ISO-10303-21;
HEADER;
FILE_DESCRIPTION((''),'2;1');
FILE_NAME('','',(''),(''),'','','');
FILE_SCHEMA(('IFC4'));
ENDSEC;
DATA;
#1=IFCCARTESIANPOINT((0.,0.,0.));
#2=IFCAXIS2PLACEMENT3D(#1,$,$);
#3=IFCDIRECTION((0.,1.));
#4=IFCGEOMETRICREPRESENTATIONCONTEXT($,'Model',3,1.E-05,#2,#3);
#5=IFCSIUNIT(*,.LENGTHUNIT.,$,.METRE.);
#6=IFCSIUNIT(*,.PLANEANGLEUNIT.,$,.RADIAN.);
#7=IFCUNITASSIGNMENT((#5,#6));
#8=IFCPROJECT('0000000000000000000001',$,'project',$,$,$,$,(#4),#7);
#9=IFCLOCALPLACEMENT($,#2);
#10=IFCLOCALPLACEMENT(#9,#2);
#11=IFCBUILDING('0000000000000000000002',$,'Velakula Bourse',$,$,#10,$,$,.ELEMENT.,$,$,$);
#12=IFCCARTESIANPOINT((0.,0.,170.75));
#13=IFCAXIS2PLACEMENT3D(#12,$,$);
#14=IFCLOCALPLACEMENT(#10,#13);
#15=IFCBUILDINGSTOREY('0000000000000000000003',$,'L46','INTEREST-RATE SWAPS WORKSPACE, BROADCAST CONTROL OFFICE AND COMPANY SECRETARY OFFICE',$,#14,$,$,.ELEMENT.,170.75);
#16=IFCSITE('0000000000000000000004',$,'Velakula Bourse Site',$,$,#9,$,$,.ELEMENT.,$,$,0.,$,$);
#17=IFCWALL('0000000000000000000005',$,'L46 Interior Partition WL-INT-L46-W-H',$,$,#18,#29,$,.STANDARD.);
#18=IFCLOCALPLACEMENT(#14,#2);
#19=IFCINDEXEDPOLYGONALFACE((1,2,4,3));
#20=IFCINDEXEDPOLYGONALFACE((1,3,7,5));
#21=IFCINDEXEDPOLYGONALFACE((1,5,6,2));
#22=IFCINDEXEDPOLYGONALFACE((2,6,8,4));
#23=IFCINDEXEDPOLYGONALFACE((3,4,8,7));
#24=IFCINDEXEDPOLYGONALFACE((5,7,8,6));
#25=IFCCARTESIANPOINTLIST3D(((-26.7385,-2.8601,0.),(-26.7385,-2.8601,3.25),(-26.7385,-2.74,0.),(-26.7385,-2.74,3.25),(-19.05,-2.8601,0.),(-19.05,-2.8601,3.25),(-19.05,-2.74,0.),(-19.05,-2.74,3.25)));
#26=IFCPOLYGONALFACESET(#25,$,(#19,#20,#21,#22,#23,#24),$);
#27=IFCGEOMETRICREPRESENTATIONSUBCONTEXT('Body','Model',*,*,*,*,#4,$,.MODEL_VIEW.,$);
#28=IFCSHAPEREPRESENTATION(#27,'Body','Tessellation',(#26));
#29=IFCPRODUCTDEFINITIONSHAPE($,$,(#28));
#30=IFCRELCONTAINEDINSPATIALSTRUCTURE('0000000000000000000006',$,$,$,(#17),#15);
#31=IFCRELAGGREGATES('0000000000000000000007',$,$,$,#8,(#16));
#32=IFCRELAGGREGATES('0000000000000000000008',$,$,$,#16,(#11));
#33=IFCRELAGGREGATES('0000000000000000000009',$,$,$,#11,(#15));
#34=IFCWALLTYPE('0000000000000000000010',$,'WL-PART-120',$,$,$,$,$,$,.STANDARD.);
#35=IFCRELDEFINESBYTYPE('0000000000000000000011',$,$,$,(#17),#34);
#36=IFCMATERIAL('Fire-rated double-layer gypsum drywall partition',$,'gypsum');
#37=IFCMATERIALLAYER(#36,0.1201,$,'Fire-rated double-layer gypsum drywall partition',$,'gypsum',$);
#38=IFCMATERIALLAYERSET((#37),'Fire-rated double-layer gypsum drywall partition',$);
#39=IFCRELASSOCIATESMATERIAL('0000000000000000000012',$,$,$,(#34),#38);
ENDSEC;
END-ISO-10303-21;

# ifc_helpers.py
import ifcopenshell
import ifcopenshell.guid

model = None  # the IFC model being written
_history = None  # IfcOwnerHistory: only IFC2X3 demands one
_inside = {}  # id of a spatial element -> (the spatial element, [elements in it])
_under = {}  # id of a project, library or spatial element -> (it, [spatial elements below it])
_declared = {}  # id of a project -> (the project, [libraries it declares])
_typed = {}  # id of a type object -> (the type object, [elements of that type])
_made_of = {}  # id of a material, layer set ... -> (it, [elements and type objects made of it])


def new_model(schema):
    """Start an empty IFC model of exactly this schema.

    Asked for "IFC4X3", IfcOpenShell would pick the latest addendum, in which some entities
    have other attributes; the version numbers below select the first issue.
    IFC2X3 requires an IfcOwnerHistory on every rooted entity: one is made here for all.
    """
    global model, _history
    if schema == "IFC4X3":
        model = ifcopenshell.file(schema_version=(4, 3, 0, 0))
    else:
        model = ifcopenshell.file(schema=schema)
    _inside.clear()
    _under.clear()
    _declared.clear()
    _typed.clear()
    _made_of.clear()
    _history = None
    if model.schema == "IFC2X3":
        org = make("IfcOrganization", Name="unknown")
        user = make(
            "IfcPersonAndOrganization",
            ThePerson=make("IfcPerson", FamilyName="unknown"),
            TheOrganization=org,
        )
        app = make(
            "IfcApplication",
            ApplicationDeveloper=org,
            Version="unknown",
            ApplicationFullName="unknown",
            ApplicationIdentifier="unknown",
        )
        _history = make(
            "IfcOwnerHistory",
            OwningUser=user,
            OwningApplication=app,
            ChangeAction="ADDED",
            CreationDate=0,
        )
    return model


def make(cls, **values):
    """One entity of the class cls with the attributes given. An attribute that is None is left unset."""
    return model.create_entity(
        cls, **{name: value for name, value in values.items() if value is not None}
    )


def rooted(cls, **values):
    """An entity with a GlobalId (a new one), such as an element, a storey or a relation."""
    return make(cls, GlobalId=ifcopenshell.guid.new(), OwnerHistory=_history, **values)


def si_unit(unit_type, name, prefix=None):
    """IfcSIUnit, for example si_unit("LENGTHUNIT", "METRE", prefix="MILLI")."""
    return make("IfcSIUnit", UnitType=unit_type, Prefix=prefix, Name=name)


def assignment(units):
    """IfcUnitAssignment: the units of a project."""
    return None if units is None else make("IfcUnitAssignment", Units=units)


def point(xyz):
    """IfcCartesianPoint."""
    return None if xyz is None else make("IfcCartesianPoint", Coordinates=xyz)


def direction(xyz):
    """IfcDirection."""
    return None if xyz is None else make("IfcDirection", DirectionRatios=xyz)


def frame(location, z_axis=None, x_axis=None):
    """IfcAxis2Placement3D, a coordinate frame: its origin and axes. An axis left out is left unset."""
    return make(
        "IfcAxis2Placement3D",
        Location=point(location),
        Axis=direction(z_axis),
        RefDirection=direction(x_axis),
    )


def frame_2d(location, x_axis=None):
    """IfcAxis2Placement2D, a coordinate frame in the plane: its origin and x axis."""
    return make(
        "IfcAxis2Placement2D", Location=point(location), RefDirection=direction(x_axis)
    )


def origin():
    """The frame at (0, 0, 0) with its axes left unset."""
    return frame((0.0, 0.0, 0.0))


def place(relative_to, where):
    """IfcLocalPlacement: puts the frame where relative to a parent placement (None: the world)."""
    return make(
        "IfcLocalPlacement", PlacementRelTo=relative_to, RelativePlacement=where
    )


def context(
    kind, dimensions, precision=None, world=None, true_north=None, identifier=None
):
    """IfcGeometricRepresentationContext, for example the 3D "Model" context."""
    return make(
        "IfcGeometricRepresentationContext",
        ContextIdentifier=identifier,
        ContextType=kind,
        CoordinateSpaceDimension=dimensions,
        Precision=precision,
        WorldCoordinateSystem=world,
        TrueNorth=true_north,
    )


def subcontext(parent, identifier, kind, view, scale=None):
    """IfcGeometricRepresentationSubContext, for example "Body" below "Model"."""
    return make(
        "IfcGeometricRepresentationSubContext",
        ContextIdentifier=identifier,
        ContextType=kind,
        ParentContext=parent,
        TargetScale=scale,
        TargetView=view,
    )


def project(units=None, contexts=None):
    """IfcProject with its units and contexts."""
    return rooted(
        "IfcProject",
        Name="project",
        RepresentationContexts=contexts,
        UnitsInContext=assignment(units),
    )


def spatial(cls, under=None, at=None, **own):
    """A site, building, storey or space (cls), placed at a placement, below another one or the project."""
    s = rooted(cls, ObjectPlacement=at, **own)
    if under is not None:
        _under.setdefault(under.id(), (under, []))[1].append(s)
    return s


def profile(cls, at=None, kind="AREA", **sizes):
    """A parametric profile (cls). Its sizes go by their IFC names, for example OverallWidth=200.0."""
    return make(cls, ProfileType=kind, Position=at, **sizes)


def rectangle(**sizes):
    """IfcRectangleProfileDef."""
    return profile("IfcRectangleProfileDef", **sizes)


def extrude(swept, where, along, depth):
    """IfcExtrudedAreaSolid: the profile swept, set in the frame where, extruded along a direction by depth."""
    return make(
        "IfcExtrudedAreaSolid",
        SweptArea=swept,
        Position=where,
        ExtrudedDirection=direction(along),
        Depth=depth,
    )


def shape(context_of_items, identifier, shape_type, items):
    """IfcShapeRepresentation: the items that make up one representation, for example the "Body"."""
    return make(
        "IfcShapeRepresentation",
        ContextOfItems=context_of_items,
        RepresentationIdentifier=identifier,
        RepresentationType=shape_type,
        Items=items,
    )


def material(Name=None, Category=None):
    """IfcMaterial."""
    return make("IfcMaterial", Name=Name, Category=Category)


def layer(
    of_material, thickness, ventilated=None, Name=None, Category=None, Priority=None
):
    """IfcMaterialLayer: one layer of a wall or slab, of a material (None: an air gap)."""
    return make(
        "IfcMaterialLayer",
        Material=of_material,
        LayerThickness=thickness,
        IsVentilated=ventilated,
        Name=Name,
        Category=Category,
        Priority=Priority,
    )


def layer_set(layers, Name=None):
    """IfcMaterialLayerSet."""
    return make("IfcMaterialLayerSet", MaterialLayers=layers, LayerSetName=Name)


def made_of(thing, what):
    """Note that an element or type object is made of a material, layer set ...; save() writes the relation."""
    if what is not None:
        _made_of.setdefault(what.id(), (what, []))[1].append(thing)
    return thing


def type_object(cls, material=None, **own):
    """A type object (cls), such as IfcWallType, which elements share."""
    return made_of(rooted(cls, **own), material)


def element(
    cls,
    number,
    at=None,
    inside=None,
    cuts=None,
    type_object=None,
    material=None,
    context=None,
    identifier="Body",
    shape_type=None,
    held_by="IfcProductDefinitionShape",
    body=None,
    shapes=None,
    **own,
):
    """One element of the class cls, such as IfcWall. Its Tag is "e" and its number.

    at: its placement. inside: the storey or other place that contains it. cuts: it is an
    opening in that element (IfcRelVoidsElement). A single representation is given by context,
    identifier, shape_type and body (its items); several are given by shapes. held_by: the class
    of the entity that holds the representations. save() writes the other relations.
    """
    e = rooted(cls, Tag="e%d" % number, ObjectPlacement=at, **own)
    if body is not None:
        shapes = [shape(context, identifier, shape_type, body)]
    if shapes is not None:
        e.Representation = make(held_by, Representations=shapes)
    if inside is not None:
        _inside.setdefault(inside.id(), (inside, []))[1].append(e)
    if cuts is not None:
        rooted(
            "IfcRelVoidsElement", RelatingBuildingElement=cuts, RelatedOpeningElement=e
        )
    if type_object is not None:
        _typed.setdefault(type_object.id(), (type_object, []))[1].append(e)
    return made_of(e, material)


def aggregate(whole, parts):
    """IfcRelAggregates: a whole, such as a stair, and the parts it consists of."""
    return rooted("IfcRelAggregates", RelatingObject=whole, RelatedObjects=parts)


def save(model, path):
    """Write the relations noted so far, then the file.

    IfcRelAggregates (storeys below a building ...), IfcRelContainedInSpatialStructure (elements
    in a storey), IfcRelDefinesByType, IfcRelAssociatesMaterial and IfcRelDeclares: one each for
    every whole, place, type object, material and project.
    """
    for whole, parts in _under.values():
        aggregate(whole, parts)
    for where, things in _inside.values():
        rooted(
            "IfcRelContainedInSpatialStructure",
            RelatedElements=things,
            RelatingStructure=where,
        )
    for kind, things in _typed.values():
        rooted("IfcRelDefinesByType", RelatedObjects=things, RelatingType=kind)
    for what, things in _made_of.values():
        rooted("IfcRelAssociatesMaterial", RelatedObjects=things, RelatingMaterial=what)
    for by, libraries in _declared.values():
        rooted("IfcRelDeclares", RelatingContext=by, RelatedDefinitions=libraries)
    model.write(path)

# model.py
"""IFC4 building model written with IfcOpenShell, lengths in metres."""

from ifc_helpers import new_model, si_unit, direction, frame, frame_2d, origin, place, context, subcontext, project, spatial, rectangle, extrude, material, layer, layer_set, type_object, element, save


model = new_model("IFC4")

# Units and contexts
model_context = context("Model", 3, precision=1e-05, world=origin(), true_north=direction((0.0, 1.0)))
body_context = subcontext(model_context, "Body", "Model", "MODEL_VIEW")
ifc_project = project(units=[si_unit("LENGTHUNIT", "METRE"), si_unit("PLANEANGLEUNIT", "RADIAN")], contexts=[model_context])

# Site, building, storey
site_placement = place(None, origin())
site = spatial("IfcSite", under=ifc_project, at=site_placement, Name="Velakula Bourse Site", CompositionType="ELEMENT", RefElevation=0.0)
building_placement = place(site_placement, origin())
building = spatial("IfcBuilding", under=site, at=building_placement, Name="Velakula Bourse", CompositionType="ELEMENT")
storey_placement = place(building_placement, frame((0.0, 0.0, 170.75)))
storey = spatial("IfcBuildingStorey", under=building, at=storey_placement, Name="L46", Description="INTEREST-RATE SWAPS WORKSPACE, BROADCAST CONTROL OFFICE AND COMPANY SECRETARY OFFICE", CompositionType="ELEMENT", Elevation=170.75)

# Wall
ifc_material_1 = material(Name="Fire-rated double-layer gypsum drywall partition", Category="gypsum")
ifc_layer_1 = layer(ifc_material_1, 0.1201, Name="Fire-rated double-layer gypsum drywall partition", Category="gypsum")
ifc_layer_set_1 = layer_set([ifc_layer_1], Name="Fire-rated double-layer gypsum drywall partition")
wall_type_1 = type_object("IfcWallType", Name="WL-PART-120", PredefinedType="STANDARD", material=ifc_layer_set_1)
wall_1_placement = place(storey_placement, frame((-26.7385, -2.8, 0.0), z_axis=(0.0, 0.0, 1.0), x_axis=(1.0, 0.0, 0.0)))
element("IfcWall", 1, at=wall_1_placement, inside=storey, type_object=wall_type_1, Name="L46 Interior Partition WL-INT-L46-W-H", PredefinedType="STANDARD", context=body_context, shape_type="SweptSolid", body=[
    extrude(rectangle(XDim=7.6885, YDim=0.1201, at=frame_2d((3.8442, 0.0))), origin(), (0.0, 0.0, 1.0), 3.25),
])

save(model, "model.ifc")
